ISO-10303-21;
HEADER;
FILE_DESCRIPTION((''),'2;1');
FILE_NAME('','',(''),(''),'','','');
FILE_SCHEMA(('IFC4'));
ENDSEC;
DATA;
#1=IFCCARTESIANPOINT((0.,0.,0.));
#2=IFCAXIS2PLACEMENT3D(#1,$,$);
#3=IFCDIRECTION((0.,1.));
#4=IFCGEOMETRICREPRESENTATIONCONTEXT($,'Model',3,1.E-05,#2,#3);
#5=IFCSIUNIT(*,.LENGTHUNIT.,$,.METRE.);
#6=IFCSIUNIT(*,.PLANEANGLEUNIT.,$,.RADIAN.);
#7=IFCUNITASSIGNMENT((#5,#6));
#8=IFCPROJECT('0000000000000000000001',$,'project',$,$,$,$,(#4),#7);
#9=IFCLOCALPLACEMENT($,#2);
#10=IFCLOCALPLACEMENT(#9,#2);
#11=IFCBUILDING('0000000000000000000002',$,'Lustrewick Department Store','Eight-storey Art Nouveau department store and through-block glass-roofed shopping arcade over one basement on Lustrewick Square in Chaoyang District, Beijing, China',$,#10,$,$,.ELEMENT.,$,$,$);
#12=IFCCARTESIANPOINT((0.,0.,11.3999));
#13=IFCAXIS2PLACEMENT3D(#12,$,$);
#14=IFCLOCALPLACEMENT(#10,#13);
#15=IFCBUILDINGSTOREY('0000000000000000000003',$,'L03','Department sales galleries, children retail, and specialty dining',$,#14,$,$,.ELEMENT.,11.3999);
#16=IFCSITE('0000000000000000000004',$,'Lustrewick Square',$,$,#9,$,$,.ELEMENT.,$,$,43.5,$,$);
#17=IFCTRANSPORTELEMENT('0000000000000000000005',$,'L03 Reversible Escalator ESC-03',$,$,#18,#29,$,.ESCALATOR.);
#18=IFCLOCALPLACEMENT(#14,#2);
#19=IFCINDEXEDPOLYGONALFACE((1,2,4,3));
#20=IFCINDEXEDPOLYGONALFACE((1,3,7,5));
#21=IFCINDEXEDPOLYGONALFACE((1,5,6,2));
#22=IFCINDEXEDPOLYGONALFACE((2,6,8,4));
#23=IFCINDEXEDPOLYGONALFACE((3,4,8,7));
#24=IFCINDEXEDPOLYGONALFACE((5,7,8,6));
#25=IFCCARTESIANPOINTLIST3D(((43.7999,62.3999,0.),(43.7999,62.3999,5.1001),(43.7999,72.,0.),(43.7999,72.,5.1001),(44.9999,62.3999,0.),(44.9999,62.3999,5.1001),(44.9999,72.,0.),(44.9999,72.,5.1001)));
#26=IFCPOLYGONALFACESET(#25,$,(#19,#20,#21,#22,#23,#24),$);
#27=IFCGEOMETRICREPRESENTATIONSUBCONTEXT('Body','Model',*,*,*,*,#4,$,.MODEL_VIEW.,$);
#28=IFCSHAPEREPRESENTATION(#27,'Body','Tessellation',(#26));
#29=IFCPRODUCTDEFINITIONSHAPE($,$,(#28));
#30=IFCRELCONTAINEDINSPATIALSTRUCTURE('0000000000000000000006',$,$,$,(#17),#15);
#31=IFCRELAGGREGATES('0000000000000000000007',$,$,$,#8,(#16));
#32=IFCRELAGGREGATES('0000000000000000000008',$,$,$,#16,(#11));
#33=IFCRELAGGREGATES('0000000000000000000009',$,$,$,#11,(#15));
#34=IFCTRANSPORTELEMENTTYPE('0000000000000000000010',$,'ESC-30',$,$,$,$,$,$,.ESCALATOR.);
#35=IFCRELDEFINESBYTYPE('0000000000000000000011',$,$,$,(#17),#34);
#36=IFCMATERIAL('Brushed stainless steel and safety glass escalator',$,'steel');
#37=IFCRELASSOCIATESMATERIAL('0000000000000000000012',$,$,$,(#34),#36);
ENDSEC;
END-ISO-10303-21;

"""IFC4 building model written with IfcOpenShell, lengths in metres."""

from ifc_helpers import new_model, si_unit, direction, frame, origin, origin_2d, place, context, subcontext, project, spatial, rectangle, extrude, material, type_object, element, save


model = new_model("IFC4")

# Units and contexts
model_context = context("Model", 3, precision=1e-05, world=origin(), true_north=direction((0.0, 1.0)))
body_context = subcontext(model_context, "Body", "Model", "MODEL_VIEW")
ifc_project = project(units=[si_unit("LENGTHUNIT", "METRE"), si_unit("PLANEANGLEUNIT", "RADIAN")], contexts=[model_context])

# Site, building, storey
site_placement = place(None, origin())
site = spatial("IfcSite", under=ifc_project, at=site_placement, Name="Lustrewick Square", CompositionType="ELEMENT", RefElevation=43.5)
building_placement = place(site_placement, origin())
building = spatial("IfcBuilding", under=site, at=building_placement, Name="Lustrewick Department Store", Description="Eight-storey Art Nouveau department store and through-block glass-roofed shopping arcade over one basement on Lustrewick Square in Chaoyang District, Beijing, China", CompositionType="ELEMENT")
storey_placement = place(building_placement, frame((0.0, 0.0, 11.3999)))
storey = spatial("IfcBuildingStorey", under=building, at=storey_placement, Name="L03", Description="Department sales galleries, children retail, and specialty dining", CompositionType="ELEMENT", Elevation=11.3999)

# Transport element
ifc_material_1 = material(Name="Brushed stainless steel and safety glass escalator", Category="steel")
transport_element_type = type_object("IfcTransportElementType", Name="ESC-30", PredefinedType="ESCALATOR", material=ifc_material_1)
transport_element_placement = place(storey_placement, frame((44.3999, 67.2, 0.0), z_axis=(0.0, 0.0, 1.0), x_axis=(1.0, 0.0, 0.0)))
element("IfcTransportElement", 1, at=transport_element_placement, inside=storey, type_object=transport_element_type, Name="L03 Reversible Escalator ESC-03", PredefinedType="ESCALATOR", context=body_context, shape_type="SweptSolid", body=[
    extrude(rectangle(XDim=1.2, YDim=9.6001, at=origin_2d()), origin(), (0.0, 0.0, 1.0), 5.1001),
])

save(model, "model.ifc")
